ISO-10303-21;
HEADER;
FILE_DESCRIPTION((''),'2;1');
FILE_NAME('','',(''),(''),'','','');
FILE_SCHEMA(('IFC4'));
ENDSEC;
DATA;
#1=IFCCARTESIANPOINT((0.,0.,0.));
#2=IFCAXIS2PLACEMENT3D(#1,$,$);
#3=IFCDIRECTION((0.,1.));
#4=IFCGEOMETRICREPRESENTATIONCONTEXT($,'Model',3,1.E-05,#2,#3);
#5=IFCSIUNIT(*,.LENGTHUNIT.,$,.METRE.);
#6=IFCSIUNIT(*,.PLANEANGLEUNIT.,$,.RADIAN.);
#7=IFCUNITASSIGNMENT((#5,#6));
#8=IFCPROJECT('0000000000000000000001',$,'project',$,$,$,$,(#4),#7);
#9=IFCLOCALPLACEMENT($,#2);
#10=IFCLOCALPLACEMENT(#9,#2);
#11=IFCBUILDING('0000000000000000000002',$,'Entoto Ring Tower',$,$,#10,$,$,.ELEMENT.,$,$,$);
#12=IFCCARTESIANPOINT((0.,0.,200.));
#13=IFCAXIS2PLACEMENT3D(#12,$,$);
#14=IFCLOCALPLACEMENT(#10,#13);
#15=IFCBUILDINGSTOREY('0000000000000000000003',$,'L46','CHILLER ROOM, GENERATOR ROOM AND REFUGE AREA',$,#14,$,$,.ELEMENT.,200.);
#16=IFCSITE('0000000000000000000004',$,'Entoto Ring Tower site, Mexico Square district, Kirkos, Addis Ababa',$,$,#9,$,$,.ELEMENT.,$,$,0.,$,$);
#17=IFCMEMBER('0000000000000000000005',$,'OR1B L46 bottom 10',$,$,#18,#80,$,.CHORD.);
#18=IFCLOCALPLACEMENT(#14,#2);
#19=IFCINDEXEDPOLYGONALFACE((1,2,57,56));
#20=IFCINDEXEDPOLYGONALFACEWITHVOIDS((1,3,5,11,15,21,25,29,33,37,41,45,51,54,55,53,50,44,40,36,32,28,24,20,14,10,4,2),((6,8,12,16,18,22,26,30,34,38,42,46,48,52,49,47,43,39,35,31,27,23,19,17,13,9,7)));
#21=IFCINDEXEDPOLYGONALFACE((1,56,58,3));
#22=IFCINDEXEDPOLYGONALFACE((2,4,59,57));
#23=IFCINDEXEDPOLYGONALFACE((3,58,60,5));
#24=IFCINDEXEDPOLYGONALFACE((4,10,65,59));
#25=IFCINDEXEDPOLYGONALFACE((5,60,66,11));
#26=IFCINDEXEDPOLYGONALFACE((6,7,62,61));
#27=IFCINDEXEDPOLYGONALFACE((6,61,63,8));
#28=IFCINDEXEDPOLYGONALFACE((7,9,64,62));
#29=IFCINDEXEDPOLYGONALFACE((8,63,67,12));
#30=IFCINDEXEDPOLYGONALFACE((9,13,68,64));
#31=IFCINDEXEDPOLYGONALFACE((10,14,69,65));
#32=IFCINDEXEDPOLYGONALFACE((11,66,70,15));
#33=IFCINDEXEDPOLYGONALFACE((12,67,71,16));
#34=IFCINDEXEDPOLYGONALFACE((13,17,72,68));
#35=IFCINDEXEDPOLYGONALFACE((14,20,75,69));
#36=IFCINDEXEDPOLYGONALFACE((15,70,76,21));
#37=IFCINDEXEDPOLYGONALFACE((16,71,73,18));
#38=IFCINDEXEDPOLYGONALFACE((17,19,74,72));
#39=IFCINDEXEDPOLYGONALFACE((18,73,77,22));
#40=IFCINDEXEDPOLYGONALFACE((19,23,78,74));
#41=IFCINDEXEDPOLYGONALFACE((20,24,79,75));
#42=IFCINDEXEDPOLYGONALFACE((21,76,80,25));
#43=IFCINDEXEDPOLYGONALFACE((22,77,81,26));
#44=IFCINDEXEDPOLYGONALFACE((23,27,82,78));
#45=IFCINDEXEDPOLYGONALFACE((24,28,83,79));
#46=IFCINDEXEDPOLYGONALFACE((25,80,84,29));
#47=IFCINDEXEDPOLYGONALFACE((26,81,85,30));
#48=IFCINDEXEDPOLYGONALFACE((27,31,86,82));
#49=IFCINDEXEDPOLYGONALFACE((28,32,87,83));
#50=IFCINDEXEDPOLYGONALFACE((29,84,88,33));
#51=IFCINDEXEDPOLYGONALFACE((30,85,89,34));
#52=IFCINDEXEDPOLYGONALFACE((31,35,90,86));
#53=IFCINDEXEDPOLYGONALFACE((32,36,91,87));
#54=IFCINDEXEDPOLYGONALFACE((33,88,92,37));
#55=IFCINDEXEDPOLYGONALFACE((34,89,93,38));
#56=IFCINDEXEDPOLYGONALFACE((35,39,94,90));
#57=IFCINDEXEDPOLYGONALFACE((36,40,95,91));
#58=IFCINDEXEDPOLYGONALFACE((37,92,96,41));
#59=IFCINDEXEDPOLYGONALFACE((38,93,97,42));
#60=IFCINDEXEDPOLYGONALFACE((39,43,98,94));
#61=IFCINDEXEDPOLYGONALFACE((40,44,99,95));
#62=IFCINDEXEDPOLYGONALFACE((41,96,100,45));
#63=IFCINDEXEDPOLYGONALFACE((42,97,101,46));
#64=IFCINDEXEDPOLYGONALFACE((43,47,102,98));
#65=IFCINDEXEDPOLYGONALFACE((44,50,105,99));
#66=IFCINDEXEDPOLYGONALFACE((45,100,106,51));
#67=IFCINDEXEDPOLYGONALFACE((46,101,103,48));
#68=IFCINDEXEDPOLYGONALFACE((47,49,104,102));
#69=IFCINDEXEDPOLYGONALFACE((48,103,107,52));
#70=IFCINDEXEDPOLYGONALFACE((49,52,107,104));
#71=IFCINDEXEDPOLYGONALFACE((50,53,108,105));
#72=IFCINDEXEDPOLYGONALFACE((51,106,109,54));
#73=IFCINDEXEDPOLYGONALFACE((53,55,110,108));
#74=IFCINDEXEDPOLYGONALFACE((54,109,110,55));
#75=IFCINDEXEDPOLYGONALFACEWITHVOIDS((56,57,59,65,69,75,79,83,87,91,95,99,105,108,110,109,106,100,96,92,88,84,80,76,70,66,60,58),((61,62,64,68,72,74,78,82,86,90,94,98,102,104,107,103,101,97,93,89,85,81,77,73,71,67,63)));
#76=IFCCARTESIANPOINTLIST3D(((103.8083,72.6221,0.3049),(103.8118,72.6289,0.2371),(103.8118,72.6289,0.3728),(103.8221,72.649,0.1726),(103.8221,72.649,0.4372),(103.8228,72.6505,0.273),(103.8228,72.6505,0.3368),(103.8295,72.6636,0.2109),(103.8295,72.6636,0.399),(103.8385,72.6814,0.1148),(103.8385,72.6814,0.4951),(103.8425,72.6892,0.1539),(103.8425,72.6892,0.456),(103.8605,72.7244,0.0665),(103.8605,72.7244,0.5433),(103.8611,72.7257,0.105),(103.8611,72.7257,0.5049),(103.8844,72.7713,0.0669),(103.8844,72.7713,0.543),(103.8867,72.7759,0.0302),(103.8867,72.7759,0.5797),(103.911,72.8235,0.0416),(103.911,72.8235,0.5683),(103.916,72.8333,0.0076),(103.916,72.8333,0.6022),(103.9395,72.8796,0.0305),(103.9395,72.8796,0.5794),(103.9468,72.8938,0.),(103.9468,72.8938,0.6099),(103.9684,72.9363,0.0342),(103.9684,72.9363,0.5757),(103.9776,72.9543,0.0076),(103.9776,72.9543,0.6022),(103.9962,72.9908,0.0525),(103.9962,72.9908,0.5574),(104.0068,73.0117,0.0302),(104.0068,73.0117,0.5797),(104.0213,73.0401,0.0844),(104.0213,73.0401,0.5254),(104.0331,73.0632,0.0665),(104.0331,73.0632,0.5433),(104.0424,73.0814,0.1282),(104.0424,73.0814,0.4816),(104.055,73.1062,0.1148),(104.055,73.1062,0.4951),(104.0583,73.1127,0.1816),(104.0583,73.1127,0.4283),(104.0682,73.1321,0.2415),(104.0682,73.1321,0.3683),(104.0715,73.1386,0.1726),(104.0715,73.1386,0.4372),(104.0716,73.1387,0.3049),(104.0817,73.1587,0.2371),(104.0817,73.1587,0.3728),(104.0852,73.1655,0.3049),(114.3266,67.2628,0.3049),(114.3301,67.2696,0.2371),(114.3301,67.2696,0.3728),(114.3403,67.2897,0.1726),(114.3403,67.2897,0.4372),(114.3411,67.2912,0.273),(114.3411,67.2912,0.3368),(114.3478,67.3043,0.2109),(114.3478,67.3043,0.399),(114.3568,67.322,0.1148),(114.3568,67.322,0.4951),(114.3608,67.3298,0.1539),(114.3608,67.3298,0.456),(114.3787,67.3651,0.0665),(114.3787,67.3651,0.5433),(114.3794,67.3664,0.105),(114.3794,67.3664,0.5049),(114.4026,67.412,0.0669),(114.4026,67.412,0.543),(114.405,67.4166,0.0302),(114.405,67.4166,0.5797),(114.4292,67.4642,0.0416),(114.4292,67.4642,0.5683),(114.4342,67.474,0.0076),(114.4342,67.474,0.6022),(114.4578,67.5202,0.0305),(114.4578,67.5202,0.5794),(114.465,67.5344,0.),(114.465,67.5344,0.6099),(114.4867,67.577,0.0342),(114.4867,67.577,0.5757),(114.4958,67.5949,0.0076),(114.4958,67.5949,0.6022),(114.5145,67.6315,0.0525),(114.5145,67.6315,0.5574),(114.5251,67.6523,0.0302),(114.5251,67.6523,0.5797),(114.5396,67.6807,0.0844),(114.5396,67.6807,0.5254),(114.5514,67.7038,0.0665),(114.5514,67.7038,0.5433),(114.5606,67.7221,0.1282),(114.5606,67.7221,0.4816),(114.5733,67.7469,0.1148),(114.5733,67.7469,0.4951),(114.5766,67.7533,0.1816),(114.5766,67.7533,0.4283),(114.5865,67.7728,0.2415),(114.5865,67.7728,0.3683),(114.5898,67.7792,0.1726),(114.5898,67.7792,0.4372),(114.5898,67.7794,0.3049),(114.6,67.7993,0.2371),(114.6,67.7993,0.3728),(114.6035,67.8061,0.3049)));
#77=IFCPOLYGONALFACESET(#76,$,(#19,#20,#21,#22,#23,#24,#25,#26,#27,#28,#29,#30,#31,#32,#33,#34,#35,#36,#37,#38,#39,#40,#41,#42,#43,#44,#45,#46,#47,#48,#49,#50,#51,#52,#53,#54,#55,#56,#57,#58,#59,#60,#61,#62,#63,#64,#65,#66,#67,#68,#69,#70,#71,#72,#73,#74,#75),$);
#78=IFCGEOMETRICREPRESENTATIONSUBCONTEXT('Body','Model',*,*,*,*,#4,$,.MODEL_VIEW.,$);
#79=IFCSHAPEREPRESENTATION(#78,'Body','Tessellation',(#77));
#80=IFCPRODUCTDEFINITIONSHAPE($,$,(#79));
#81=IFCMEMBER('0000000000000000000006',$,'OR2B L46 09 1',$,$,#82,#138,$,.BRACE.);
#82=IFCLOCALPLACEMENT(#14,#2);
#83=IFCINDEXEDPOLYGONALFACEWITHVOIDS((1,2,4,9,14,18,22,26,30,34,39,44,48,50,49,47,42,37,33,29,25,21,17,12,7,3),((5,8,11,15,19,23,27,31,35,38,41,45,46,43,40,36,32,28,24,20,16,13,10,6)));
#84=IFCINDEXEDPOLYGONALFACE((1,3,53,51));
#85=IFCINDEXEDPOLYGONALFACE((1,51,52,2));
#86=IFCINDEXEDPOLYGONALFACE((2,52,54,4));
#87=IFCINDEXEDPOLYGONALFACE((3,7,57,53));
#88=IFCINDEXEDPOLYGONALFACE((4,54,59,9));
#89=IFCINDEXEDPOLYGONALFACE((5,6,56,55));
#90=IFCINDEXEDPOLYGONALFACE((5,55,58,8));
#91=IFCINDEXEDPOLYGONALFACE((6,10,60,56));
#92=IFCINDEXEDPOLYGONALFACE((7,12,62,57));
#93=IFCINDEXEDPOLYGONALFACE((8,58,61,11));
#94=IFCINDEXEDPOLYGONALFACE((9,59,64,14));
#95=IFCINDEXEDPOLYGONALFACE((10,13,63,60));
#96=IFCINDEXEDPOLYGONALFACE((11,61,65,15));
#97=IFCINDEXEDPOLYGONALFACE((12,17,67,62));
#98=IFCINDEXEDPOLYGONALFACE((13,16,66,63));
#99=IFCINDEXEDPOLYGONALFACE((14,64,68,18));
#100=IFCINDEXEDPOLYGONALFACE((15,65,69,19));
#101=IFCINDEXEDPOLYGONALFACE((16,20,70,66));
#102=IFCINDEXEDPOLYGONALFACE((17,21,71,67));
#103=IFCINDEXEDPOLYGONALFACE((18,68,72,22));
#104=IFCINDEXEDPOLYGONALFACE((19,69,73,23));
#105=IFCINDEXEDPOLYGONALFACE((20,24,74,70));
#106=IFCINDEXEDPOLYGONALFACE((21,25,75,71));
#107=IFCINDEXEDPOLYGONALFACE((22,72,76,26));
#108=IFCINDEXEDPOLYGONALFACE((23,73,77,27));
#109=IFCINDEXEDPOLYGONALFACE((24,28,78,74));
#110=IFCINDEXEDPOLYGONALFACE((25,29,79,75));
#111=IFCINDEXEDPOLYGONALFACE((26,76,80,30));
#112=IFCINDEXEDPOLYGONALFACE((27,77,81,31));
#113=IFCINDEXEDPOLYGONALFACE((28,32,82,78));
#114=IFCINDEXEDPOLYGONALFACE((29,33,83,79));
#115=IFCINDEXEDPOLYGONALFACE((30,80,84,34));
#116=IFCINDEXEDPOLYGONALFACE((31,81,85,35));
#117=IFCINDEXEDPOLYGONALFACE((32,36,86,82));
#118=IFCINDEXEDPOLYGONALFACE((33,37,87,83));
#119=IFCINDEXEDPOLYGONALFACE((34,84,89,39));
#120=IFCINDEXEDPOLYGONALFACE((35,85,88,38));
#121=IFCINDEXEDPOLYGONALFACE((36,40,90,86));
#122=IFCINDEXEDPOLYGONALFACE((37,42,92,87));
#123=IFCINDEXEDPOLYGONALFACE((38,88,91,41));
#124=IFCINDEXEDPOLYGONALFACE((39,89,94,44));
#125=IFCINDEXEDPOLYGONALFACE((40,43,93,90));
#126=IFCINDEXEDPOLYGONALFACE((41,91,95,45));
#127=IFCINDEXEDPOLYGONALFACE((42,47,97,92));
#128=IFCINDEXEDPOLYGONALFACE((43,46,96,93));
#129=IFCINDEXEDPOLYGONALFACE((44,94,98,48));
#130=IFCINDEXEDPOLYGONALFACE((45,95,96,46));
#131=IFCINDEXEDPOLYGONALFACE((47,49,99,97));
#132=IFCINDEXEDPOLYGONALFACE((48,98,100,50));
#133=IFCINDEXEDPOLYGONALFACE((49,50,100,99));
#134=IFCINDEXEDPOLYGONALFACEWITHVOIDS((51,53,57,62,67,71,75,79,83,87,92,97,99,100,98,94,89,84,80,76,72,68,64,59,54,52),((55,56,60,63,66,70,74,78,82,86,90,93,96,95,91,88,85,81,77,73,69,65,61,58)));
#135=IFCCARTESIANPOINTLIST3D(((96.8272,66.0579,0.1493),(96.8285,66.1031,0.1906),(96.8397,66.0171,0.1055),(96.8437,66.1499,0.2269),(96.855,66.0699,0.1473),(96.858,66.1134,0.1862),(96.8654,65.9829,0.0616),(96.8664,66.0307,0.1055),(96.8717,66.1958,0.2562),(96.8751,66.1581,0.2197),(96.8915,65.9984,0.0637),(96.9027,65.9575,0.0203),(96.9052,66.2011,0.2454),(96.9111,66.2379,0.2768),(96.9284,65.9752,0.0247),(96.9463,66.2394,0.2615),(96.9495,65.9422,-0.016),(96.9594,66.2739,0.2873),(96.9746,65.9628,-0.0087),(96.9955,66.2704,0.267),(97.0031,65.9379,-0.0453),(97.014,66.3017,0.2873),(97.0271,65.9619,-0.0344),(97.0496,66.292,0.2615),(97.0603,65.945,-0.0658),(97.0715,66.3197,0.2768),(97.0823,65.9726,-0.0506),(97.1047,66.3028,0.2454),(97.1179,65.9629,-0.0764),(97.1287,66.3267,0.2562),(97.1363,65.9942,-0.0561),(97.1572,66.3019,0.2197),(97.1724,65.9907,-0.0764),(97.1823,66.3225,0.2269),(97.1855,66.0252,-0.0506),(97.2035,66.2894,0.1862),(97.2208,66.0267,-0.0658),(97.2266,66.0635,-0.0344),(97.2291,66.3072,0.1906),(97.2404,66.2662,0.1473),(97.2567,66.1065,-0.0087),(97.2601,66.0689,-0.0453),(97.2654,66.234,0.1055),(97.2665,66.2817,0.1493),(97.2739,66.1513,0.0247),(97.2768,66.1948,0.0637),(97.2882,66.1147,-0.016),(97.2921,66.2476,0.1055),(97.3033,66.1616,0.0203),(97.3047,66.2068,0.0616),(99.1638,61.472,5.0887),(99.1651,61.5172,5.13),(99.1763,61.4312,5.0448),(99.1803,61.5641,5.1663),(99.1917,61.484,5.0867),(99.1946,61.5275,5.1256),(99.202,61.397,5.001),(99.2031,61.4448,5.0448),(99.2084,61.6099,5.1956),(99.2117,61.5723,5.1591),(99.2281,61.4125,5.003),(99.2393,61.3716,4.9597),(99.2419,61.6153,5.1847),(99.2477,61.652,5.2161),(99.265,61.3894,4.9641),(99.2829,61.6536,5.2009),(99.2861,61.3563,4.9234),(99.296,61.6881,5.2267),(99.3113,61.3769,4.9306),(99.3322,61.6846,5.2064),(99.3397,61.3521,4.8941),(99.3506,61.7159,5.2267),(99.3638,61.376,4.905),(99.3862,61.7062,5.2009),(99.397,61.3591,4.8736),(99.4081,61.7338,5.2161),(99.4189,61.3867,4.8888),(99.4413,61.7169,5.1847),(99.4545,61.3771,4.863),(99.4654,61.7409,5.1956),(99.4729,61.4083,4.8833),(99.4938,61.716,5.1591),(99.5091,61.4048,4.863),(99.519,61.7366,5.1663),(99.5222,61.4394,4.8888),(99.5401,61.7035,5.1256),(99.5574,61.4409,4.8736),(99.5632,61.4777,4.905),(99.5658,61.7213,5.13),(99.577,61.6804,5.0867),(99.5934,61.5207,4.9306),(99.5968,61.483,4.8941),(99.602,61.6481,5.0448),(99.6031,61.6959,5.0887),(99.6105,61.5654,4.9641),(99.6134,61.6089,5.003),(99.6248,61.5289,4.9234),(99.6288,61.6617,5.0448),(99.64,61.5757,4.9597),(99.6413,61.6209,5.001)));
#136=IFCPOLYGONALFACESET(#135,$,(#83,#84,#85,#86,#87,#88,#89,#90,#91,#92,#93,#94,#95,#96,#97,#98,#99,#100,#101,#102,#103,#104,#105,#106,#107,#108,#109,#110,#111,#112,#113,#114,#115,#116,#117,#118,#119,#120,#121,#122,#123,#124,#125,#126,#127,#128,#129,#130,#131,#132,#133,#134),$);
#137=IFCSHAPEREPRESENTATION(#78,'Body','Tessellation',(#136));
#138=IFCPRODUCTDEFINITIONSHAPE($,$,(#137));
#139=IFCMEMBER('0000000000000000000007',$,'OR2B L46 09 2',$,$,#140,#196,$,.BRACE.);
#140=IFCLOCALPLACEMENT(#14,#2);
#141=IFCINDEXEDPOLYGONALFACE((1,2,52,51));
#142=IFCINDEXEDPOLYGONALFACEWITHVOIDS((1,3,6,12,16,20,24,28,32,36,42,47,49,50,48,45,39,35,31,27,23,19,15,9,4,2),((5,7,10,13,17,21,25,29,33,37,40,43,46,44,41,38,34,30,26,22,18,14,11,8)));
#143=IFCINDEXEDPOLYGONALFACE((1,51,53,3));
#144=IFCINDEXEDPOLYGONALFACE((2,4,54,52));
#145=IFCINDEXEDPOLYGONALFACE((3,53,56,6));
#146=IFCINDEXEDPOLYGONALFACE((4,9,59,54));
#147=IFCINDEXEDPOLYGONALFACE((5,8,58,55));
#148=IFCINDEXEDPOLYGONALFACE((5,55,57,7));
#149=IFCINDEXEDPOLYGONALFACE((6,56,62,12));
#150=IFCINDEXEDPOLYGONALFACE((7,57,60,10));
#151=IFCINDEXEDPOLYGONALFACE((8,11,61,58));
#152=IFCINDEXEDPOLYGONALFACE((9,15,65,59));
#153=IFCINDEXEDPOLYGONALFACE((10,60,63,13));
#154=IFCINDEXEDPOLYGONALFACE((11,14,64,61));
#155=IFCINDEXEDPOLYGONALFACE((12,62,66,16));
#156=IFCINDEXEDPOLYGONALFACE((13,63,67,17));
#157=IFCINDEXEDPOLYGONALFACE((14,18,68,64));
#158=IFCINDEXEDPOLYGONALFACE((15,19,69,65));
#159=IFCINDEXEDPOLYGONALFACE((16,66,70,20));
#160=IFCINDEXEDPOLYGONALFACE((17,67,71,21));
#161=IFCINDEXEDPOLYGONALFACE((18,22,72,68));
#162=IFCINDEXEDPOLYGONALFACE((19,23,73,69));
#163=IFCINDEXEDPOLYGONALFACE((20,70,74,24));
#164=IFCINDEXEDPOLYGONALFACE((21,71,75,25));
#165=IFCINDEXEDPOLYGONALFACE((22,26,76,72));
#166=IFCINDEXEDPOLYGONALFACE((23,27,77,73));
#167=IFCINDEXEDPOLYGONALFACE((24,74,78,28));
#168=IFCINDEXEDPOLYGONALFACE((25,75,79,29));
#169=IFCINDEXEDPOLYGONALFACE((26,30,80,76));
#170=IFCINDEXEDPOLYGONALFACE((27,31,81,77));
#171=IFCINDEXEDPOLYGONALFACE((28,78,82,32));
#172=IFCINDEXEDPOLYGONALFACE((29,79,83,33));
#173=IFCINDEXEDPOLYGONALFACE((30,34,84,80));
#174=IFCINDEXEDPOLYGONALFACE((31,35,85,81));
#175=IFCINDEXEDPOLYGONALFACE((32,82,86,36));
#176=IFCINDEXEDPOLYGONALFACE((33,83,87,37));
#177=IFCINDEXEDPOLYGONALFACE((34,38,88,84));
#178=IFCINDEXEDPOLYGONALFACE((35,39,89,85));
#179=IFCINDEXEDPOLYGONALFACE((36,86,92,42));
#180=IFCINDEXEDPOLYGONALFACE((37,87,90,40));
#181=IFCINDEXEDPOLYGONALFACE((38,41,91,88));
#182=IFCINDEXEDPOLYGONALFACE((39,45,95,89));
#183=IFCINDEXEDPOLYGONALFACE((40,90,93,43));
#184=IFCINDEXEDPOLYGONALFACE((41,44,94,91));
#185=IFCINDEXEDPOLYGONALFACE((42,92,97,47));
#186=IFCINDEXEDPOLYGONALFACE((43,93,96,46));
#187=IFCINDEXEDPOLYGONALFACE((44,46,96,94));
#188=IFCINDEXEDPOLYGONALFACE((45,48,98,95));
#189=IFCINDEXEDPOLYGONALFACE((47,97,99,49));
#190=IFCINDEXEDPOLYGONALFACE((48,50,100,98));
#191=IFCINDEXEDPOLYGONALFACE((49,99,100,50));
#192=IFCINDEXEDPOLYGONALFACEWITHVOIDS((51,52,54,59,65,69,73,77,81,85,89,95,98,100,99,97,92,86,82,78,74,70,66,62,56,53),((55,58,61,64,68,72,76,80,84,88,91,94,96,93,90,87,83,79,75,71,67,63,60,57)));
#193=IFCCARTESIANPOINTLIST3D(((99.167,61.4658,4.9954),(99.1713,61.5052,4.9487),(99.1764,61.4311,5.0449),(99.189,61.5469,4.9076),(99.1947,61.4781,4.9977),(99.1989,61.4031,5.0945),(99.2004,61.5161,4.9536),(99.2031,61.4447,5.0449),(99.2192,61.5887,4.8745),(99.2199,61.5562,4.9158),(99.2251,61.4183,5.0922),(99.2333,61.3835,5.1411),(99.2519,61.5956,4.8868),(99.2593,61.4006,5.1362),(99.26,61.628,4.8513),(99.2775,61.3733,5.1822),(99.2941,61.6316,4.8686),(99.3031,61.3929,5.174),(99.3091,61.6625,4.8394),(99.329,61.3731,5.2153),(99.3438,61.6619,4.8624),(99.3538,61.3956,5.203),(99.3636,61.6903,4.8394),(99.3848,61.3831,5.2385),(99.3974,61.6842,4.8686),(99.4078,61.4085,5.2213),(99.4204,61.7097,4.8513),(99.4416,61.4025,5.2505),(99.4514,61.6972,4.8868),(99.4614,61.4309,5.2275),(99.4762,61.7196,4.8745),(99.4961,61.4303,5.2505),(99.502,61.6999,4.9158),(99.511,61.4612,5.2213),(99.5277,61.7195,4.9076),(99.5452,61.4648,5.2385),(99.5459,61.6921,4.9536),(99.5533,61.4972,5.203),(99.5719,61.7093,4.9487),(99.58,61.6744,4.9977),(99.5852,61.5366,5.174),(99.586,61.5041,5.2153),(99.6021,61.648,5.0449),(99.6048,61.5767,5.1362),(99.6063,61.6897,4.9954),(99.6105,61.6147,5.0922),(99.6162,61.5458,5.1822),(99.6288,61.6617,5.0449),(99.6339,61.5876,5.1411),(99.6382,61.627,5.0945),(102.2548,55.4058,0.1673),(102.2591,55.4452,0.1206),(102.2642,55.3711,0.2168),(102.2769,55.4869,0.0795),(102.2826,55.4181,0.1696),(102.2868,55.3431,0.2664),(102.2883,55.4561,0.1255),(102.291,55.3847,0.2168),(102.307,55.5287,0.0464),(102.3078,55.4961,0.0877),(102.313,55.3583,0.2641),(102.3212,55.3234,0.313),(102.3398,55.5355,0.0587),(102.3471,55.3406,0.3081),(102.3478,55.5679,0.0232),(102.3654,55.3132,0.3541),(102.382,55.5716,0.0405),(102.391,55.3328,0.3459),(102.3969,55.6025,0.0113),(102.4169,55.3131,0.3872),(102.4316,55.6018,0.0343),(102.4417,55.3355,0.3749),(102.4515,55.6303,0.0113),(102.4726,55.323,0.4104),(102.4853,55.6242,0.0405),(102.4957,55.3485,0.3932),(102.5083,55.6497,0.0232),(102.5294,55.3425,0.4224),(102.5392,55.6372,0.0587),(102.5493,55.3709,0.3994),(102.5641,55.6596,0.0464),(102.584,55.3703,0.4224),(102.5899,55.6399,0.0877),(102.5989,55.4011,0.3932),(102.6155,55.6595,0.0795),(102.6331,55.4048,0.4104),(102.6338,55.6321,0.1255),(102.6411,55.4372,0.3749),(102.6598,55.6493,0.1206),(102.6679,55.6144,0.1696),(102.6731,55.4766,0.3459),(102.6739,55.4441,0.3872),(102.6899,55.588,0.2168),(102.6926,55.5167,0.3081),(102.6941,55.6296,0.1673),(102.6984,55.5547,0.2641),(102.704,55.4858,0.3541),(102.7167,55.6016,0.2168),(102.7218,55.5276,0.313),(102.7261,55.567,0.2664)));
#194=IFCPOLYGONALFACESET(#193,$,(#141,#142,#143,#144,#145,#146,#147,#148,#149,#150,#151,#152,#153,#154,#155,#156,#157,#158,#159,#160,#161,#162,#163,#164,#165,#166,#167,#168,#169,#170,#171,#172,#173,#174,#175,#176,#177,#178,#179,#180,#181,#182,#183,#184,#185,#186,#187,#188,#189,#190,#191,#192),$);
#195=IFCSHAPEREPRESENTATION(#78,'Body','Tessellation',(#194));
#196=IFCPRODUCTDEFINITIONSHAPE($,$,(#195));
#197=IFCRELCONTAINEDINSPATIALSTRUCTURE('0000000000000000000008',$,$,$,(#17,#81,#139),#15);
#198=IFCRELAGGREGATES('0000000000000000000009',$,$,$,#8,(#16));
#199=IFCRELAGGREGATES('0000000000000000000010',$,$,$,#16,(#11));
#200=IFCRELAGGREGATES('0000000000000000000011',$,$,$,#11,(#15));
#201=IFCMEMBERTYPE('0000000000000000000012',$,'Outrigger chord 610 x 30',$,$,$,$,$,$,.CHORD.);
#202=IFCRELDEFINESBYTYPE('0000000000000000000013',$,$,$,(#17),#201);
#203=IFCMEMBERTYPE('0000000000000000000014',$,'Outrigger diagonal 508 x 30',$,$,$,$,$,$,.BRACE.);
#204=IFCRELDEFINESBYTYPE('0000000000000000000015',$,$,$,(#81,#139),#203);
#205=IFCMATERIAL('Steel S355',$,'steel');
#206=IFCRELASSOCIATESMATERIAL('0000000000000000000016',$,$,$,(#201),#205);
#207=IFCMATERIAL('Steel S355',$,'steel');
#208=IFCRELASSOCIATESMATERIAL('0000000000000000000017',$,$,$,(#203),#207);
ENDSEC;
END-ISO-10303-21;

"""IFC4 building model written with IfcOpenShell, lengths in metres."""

from ifc_helpers import new_model, si_unit, direction, frame, origin, origin_2d, place, context, subcontext, project, spatial, circle, hollow_circle, extrude, material, material_profile, profile_set, type_object, element, save


model = new_model("IFC4")

# Units and contexts
model_context = context("Model", 3, precision=1e-05, world=origin(), true_north=direction((0.0, 1.0)))
body_context = subcontext(model_context, "Body", "Model", "MODEL_VIEW")
ifc_project = project(units=[si_unit("LENGTHUNIT", "METRE"), si_unit("PLANEANGLEUNIT", "RADIAN")], contexts=[model_context])

# Site, building, storey
site_placement = place(None, origin())
site = spatial("IfcSite", under=ifc_project, at=site_placement, Name="Entoto Ring Tower site, Mexico Square district, Kirkos, Addis Ababa", CompositionType="ELEMENT", RefElevation=0.0)
building_placement = place(site_placement, origin())
building = spatial("IfcBuilding", under=site, at=building_placement, Name="Entoto Ring Tower", CompositionType="ELEMENT")
storey_placement = place(building_placement, frame((0.0, 0.0, 200.0)))
storey = spatial("IfcBuildingStorey", under=building, at=storey_placement, Name="L46", Description="CHILLER ROOM, GENERATOR ROOM AND REFUGE AREA", CompositionType="ELEMENT", Elevation=200.0)

# Members
ifc_material_1 = material(Name="Steel S355", Category="steel")
ifc_material_profile_1 = material_profile(ifc_material_1, hollow_circle(Radius=0.3049, WallThickness=0.03, at=origin_2d()), Name="CHS 610 x 30")
ifc_material_2 = material(Name="Concrete C60/75", Category="concrete")
ifc_material_profile_2 = material_profile(ifc_material_2, circle(Radius=0.2749, at=origin_2d()), Name="Concrete C60/75 infill")
ifc_profile_set_1 = profile_set([ifc_material_profile_1, ifc_material_profile_2], Name="Steel S355")
member_type_1 = type_object("IfcMemberType", Name="Outrigger chord 610 x 30", PredefinedType="CHORD", material=ifc_profile_set_1)
member_1_placement = place(storey_placement, frame((103.9468, 72.8938, 0.3049), z_axis=(0.891006, -0.453992, 0.0), x_axis=(0.453992, 0.891006, 0.0)))
element("IfcMember", 1, at=member_1_placement, inside=storey, type_object=member_type_1, Name="OR1B L46 bottom 10", PredefinedType="CHORD", context=body_context, shape_type="SweptSolid", body=[
    extrude(hollow_circle(Radius=0.3049, WallThickness=0.03, at=origin_2d()), origin(), (0.0, 0.0, 1.0), 11.8049),
])
ifc_material_3 = material(Name="Steel S355", Category="steel")
ifc_material_profile_3 = material_profile(ifc_material_3, hollow_circle(Radius=0.2539, WallThickness=0.03, at=origin_2d()), Name="CHS 508 x 30")
ifc_material_4 = material(Name="Concrete C60/75", Category="concrete")
ifc_material_profile_4 = material_profile(ifc_material_4, circle(Radius=0.2241, at=origin_2d()), Name="Concrete C60/75 infill")
ifc_profile_set_2 = profile_set([ifc_material_profile_3, ifc_material_profile_4], Name="Steel S355")
member_type_2 = type_object("IfcMemberType", Name="Outrigger diagonal 508 x 30", PredefinedType="BRACE", material=ifc_profile_set_2)
member_2_placement = place(storey_placement, frame((97.0659, 66.1323, 0.1055), z_axis=(0.327556, -0.642859, 0.692415), x_axis=(0.891005, 0.453993, 0.0)))
element("IfcMember", 2, at=member_2_placement, inside=storey, type_object=member_type_2, Name="OR2B L46 09 1", PredefinedType="BRACE", context=body_context, shape_type="SweptSolid", body=[
    extrude(hollow_circle(Radius=0.2539, WallThickness=0.03, at=origin_2d()), origin(), (0.0, 0.0, 1.0), 7.1335),
])
member_3_placement = place(storey_placement, frame((99.4026, 61.5464, 5.0449), z_axis=(0.370212, -0.72655, -0.578851), x_axis=(0.890998, 0.454006, 0.0)))
element("IfcMember", 3, at=member_3_placement, inside=storey, type_object=member_type_2, Name="OR2B L46 09 2", PredefinedType="BRACE", context=body_context, shape_type="SweptSolid", body=[
    extrude(hollow_circle(Radius=0.2539, WallThickness=0.03, at=origin_2d()), origin(), (0.0, 0.0, 1.0), 8.3408),
])

save(model, "model.ifc")
